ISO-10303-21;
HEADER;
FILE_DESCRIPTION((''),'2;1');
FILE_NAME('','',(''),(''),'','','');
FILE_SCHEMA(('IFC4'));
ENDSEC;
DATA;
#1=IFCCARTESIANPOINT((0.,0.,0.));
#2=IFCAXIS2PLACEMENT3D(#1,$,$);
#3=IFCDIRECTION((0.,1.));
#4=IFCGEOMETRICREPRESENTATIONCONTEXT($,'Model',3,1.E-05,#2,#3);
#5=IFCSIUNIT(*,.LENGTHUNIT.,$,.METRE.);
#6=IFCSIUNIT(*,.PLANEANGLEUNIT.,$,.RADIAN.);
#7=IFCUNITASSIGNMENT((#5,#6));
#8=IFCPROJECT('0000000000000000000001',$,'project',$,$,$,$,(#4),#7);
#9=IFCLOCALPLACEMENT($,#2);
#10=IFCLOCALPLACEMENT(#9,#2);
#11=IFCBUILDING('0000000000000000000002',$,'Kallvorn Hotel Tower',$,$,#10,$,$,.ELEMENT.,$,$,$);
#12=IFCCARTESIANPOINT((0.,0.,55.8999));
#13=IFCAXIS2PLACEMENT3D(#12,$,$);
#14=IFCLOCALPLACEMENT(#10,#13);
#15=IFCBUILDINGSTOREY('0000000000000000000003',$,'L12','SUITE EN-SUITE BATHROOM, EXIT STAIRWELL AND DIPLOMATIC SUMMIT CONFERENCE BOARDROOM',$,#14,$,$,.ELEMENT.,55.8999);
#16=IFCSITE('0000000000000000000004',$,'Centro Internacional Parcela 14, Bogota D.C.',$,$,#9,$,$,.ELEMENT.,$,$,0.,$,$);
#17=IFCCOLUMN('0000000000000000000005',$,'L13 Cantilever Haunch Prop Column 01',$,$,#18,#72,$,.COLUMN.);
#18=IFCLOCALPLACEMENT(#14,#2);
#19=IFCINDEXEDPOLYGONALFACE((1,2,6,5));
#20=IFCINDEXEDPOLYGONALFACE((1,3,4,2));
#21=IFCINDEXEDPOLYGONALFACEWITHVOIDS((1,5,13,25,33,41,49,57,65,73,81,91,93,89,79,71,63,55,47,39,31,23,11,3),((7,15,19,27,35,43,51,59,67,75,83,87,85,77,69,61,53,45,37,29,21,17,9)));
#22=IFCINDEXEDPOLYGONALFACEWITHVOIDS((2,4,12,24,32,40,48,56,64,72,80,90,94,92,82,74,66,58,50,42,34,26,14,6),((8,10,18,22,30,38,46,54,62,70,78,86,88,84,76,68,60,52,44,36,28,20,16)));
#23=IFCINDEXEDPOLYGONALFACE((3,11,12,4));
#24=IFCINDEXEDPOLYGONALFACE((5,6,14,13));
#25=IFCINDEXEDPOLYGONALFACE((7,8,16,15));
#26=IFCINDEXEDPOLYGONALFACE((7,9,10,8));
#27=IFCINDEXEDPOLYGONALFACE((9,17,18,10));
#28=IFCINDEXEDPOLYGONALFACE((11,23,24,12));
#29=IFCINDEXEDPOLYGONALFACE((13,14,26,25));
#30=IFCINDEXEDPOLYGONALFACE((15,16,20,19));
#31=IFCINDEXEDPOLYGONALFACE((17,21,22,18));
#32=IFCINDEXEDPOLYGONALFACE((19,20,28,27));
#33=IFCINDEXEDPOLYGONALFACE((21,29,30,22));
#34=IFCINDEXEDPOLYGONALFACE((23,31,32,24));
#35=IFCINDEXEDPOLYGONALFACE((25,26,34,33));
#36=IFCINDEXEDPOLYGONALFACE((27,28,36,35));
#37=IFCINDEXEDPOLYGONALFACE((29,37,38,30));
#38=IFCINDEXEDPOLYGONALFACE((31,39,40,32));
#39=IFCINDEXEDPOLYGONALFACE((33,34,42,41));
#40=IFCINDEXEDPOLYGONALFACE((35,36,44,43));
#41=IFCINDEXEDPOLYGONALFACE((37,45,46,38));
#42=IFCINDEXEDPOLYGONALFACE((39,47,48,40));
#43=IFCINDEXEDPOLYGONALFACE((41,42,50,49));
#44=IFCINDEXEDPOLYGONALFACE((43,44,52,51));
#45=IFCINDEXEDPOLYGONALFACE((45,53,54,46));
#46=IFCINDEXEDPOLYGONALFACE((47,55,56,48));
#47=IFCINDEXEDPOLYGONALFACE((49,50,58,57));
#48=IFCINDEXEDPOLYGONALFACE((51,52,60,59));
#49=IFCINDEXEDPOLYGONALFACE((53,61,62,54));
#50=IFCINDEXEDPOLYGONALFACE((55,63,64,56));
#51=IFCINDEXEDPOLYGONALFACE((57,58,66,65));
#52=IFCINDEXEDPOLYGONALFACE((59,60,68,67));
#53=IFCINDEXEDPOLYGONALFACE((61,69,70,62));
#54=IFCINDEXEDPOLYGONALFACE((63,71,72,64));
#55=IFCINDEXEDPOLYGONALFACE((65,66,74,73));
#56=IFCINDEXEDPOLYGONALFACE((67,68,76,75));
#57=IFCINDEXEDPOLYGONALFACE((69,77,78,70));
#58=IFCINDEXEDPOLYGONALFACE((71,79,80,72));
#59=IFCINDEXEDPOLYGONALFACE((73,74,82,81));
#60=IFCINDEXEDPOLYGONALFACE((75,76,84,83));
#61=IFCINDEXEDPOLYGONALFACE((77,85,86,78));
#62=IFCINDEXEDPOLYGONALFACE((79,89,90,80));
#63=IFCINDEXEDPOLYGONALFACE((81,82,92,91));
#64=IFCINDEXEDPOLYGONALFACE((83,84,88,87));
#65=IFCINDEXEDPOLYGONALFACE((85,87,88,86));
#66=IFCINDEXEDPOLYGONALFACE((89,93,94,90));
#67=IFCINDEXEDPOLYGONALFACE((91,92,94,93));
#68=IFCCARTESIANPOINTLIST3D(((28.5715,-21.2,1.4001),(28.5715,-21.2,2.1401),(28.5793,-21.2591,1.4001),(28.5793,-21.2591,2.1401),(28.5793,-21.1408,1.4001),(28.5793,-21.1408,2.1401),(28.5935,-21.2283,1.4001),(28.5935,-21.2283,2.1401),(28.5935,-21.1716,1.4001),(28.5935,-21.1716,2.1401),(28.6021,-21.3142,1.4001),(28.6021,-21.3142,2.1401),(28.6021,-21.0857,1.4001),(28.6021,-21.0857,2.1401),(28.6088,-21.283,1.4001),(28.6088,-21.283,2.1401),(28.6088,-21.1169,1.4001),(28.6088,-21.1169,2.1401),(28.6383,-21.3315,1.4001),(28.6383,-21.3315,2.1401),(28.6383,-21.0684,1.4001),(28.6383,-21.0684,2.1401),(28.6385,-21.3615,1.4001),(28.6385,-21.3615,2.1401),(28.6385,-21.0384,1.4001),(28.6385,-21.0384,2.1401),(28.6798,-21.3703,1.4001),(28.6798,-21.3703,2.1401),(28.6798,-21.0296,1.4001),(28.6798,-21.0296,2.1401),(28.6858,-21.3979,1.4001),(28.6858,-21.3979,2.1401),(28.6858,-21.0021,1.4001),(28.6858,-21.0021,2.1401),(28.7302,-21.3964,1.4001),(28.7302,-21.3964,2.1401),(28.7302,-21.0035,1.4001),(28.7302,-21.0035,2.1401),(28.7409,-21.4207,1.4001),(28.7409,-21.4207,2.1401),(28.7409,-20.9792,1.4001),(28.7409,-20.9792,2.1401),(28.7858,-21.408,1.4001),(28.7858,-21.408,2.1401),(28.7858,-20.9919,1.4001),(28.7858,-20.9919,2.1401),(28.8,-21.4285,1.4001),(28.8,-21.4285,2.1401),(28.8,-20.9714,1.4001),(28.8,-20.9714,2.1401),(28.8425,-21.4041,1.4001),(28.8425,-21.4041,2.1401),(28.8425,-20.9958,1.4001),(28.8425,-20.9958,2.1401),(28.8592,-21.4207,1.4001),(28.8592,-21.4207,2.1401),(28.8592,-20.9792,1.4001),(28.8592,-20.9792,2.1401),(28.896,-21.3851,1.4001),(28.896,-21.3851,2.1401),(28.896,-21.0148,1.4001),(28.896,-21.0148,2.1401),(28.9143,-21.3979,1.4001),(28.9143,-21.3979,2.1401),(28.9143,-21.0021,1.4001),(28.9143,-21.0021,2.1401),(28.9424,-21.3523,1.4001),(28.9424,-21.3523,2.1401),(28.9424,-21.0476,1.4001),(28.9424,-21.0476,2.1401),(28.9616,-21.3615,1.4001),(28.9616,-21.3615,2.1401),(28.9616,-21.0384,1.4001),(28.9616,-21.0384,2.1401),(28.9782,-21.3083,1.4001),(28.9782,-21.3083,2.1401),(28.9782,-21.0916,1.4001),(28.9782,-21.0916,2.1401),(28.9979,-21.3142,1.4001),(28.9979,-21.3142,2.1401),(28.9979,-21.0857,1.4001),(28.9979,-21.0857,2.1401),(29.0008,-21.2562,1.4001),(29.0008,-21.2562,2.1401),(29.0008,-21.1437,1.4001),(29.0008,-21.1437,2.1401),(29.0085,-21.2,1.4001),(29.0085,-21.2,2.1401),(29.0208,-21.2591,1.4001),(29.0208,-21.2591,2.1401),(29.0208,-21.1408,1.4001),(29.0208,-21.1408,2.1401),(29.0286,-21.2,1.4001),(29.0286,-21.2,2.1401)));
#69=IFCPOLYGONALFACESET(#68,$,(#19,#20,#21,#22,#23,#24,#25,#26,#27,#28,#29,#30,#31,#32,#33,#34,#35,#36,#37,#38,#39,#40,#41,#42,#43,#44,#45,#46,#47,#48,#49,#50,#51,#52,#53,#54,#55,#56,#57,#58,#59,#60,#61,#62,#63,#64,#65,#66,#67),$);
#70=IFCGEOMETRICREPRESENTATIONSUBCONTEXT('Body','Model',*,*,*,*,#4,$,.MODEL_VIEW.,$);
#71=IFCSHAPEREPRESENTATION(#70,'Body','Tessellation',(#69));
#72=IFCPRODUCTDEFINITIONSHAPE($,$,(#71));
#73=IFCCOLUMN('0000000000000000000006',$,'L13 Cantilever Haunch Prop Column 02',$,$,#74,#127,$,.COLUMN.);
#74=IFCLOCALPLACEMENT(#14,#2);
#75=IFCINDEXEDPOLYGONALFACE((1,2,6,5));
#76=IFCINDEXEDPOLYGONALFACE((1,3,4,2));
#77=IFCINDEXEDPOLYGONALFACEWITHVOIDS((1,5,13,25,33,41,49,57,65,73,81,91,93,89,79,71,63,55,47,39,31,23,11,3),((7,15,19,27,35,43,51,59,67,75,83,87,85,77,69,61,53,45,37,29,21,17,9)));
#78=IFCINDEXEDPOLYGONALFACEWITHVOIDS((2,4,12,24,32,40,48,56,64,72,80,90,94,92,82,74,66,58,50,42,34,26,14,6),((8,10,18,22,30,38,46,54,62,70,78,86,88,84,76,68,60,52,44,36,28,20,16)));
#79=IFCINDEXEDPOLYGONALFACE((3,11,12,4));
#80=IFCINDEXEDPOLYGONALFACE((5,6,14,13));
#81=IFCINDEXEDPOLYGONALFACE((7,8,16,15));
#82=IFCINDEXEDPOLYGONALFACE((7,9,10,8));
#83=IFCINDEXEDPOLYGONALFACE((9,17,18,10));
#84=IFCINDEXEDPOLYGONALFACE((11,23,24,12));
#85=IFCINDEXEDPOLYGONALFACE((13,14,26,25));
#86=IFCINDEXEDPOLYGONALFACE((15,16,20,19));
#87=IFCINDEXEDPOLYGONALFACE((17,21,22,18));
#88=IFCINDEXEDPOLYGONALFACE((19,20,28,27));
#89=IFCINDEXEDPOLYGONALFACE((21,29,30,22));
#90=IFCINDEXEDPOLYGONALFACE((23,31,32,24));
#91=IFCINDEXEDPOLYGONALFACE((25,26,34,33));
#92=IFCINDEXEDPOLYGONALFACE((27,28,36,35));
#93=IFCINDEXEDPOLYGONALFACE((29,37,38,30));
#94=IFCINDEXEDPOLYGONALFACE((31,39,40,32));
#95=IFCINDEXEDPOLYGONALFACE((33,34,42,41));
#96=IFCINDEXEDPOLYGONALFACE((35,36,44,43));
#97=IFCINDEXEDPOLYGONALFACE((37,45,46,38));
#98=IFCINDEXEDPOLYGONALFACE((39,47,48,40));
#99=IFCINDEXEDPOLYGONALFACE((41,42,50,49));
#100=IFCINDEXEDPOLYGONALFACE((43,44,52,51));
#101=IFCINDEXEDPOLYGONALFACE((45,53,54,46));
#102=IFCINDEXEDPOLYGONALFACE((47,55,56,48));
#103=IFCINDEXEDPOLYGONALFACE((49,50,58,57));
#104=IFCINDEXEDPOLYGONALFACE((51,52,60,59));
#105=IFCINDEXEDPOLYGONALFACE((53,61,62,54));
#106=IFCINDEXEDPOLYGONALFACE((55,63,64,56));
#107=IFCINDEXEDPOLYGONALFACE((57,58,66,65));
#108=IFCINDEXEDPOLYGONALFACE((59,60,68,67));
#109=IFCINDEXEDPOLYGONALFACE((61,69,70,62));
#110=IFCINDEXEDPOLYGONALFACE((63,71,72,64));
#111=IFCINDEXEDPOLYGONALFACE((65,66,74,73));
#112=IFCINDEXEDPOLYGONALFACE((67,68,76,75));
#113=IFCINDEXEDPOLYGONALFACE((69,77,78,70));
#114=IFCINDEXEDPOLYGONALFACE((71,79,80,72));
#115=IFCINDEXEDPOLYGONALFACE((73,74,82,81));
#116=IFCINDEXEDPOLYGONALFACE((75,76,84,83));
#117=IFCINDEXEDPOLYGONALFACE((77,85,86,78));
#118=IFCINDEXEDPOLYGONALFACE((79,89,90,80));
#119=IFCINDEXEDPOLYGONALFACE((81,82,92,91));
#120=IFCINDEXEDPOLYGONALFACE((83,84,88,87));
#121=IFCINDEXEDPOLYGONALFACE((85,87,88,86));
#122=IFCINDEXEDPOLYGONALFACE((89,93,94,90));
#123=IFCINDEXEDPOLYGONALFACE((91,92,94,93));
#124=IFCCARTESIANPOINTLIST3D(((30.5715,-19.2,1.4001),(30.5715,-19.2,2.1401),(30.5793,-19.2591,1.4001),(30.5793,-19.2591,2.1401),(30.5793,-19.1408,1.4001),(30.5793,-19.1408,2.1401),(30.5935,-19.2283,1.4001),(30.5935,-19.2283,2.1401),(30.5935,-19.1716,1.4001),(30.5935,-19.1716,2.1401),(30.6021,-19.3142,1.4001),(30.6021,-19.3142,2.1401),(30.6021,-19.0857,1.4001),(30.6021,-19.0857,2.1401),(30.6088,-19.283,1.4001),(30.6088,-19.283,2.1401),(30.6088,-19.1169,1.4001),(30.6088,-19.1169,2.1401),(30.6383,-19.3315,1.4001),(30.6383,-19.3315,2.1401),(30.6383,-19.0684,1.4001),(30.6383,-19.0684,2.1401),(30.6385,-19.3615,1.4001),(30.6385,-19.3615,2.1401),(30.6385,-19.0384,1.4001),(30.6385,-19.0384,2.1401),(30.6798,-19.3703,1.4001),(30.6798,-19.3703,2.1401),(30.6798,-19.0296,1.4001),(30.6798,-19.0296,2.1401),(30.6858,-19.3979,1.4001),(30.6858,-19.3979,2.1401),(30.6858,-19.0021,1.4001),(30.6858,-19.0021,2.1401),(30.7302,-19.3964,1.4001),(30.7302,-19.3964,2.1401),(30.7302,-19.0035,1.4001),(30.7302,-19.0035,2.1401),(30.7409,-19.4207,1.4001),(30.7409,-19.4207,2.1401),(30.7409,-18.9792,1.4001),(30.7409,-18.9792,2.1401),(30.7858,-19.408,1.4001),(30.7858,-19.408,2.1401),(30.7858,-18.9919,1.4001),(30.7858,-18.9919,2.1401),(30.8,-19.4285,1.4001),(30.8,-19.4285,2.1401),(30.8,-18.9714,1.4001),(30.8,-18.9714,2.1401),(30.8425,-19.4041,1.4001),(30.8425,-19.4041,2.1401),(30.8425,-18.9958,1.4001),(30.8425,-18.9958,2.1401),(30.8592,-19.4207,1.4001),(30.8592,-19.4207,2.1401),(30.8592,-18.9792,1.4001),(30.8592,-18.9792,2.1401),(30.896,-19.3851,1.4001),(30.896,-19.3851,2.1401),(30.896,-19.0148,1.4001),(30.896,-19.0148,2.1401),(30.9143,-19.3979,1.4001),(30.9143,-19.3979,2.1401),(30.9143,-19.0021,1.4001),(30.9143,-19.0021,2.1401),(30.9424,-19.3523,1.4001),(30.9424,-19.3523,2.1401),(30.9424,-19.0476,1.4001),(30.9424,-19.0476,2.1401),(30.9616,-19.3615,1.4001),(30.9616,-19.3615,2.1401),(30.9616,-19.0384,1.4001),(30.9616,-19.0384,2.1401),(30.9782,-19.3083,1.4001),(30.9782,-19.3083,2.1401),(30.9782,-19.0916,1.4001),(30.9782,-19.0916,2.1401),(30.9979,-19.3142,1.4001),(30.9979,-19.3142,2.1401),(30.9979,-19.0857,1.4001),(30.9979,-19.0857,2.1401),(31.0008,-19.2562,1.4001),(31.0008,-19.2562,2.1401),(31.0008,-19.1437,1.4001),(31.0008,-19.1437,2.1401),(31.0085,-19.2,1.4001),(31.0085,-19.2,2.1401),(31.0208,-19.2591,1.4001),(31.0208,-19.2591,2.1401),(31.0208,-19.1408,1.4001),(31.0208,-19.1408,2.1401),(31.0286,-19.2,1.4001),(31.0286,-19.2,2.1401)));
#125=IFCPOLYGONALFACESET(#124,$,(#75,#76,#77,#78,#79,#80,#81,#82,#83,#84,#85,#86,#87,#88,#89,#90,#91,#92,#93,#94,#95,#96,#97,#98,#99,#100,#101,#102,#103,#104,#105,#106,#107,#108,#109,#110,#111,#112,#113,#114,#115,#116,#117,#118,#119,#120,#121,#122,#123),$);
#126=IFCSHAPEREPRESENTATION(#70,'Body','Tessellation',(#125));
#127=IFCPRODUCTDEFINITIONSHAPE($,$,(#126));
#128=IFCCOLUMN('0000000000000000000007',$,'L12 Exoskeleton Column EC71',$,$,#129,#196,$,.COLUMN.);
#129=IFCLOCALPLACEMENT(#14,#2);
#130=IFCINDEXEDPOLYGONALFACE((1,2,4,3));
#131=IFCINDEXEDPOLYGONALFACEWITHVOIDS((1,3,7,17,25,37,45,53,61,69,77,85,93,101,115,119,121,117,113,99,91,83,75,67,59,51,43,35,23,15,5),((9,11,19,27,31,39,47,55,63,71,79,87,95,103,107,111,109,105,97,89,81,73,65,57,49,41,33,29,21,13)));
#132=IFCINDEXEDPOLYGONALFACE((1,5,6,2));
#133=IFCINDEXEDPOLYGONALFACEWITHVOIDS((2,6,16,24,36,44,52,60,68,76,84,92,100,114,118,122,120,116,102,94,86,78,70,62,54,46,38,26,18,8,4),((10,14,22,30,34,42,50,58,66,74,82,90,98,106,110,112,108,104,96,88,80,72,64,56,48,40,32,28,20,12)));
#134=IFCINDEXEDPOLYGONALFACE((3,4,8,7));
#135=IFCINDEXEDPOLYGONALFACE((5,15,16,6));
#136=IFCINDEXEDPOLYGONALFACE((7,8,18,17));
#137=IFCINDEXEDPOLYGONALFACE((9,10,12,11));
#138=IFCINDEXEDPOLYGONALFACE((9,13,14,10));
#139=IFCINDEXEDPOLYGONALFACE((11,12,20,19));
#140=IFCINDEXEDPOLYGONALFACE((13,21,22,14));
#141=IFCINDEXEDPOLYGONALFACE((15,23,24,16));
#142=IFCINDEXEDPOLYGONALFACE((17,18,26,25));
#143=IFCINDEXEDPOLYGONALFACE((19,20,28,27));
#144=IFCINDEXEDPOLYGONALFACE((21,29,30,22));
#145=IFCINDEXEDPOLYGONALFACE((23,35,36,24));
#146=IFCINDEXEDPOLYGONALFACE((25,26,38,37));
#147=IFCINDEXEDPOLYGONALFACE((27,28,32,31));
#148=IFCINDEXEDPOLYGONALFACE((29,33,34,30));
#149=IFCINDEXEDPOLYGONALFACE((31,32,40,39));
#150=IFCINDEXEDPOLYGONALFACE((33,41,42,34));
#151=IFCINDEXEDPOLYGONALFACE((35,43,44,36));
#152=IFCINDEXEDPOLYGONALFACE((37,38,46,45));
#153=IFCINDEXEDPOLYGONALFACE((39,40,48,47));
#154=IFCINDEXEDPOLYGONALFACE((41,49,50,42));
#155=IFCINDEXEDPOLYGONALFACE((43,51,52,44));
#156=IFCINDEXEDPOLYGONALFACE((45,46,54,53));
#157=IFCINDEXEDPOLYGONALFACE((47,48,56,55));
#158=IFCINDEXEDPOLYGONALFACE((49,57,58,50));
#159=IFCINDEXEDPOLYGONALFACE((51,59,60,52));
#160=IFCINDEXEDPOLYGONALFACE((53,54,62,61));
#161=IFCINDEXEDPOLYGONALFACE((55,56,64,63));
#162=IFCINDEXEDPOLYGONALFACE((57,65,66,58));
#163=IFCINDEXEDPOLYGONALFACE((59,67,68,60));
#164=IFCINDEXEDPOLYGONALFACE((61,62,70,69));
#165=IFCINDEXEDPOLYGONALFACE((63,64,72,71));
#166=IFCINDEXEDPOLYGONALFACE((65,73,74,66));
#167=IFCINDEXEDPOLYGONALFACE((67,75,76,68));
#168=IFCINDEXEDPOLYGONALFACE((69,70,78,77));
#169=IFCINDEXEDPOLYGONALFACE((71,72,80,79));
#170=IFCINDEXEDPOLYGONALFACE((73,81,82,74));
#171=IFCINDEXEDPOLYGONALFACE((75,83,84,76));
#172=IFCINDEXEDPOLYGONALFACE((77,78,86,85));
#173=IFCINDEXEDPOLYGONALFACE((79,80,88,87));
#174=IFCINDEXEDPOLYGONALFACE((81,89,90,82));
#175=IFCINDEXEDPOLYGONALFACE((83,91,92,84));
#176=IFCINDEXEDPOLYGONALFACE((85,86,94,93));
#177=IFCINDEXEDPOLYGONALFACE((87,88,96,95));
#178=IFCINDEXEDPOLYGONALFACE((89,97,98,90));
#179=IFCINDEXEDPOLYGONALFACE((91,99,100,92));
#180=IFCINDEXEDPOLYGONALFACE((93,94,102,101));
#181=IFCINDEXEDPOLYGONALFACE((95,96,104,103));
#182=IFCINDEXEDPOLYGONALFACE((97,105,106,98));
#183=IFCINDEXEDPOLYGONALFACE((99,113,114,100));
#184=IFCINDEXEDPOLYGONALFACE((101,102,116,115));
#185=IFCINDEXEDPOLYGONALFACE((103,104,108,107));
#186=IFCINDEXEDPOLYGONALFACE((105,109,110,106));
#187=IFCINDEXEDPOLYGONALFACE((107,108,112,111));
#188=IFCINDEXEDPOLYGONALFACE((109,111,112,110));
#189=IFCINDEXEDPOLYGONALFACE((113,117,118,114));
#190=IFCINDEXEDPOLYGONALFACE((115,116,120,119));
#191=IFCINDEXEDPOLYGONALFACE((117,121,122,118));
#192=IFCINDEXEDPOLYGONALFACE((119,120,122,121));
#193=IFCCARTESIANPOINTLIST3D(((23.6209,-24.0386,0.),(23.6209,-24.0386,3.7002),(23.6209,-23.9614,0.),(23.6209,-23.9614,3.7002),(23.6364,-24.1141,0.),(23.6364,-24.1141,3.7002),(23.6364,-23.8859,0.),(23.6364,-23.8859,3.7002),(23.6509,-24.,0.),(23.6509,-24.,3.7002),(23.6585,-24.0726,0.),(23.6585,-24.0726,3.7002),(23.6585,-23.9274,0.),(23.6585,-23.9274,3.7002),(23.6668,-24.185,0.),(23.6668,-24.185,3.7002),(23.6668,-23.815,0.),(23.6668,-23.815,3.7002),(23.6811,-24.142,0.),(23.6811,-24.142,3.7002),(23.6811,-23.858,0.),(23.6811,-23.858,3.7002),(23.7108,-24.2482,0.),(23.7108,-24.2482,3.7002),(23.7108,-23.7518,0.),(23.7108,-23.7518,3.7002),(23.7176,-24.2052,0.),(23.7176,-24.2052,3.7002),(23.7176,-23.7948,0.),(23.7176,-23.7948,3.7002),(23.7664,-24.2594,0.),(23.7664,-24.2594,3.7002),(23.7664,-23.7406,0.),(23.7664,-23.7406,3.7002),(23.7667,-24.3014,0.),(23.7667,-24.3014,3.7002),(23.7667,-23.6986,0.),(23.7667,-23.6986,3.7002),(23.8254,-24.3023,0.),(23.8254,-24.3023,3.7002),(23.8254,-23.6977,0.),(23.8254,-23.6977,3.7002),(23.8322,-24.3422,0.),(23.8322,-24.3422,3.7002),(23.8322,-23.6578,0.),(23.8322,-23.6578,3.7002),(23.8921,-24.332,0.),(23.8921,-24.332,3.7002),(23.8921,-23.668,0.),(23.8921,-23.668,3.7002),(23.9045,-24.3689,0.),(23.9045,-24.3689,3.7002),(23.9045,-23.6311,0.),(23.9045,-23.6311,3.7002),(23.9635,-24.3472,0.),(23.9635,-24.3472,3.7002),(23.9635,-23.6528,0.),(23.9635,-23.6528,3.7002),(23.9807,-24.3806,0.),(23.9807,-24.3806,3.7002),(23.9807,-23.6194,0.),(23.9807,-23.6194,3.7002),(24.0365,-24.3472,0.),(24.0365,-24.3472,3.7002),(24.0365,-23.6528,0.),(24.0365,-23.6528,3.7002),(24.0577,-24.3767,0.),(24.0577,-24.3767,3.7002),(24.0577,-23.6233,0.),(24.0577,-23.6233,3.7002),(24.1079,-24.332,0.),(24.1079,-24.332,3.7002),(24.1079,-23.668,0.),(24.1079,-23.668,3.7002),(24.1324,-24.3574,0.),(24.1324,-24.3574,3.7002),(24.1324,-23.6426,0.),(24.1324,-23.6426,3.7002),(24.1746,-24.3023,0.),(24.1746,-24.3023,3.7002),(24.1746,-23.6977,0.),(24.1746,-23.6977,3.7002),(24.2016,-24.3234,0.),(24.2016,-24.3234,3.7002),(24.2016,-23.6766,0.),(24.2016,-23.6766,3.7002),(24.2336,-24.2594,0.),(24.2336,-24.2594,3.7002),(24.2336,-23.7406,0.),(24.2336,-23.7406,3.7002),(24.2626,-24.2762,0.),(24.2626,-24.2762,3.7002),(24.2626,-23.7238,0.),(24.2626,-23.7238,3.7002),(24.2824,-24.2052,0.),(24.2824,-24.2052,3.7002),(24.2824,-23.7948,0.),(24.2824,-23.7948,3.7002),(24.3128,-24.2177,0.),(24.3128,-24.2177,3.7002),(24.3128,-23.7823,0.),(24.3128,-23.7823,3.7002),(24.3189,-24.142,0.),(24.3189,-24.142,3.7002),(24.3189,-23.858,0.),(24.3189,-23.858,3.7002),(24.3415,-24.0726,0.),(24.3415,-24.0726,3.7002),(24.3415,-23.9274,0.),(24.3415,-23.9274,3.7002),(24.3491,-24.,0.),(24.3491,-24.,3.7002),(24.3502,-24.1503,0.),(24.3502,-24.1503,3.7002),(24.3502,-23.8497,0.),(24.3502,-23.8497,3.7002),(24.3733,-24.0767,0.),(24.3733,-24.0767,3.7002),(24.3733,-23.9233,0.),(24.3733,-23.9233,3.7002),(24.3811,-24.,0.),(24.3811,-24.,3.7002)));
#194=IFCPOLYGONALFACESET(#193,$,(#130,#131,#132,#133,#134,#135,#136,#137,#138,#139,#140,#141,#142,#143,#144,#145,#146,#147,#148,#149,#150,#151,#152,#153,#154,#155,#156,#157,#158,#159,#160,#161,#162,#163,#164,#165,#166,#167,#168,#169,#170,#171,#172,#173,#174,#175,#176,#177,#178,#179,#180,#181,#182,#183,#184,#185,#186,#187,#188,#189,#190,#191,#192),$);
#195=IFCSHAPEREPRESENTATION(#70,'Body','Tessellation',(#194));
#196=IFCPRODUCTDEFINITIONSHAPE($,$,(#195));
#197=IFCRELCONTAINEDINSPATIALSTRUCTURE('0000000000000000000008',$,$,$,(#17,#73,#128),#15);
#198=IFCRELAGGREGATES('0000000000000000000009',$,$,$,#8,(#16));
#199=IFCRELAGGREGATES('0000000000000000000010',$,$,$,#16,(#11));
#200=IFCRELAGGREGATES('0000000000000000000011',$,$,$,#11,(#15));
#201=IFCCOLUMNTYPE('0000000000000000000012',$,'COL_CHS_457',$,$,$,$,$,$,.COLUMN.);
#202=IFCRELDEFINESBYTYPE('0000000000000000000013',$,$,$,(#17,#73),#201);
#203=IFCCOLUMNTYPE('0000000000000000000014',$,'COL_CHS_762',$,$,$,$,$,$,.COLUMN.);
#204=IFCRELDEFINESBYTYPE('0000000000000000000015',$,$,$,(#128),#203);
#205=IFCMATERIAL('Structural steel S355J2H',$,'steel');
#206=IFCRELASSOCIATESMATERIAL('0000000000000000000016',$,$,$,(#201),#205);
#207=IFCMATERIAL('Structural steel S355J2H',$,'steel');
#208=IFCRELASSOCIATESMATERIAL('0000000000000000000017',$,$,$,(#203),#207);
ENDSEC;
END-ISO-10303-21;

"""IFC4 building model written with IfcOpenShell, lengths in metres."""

from ifc_helpers import new_model, si_unit, direction, frame, origin, origin_2d, place, context, subcontext, project, spatial, hollow_circle, extrude, material, material_profile, profile_set, type_object, element, save


model = new_model("IFC4")

# Units and contexts
model_context = context("Model", 3, precision=1e-05, world=origin(), true_north=direction((0.0, 1.0)))
body_context = subcontext(model_context, "Body", "Model", "MODEL_VIEW")
ifc_project = project(units=[si_unit("LENGTHUNIT", "METRE"), si_unit("PLANEANGLEUNIT", "RADIAN")], contexts=[model_context])

# Site, building, storey
site_placement = place(None, origin())
site = spatial("IfcSite", under=ifc_project, at=site_placement, Name="Centro Internacional Parcela 14, Bogota D.C.", CompositionType="ELEMENT", RefElevation=0.0)
building_placement = place(site_placement, origin())
building = spatial("IfcBuilding", under=site, at=building_placement, Name="Kallvorn Hotel Tower", CompositionType="ELEMENT")
storey_placement = place(building_placement, frame((0.0, 0.0, 55.8999)))
storey = spatial("IfcBuildingStorey", under=building, at=storey_placement, Name="L12", Description="SUITE EN-SUITE BATHROOM, EXIT STAIRWELL AND DIPLOMATIC SUMMIT CONFERENCE BOARDROOM", CompositionType="ELEMENT", Elevation=55.8999)

# Columns
ifc_material_1 = material(Name="Structural steel S355J2H", Category="steel")
ifc_material_profile_1 = material_profile(ifc_material_1, hollow_circle(Radius=0.2285, WallThickness=0.02, at=origin_2d()), Name="CHS 457x20")
ifc_profile_set_1 = profile_set([ifc_material_profile_1], Name="Structural steel S355J2H")
column_type_1 = type_object("IfcColumnType", Name="COL_CHS_457", PredefinedType="COLUMN", material=ifc_profile_set_1)
for number, where, z_axis, x_axis, name in (
    (1, (28.8, -21.2, 1.4001), (0.0, 0.0, 1.0), (1.0, 0.0, 0.0), "L13 Cantilever Haunch Prop Column 01"),
    (2, (30.8, -19.2, 1.4001), (0.0, 0.0, 1.0), (1.0, 0.0, 0.0), "L13 Cantilever Haunch Prop Column 02"),
):
    element("IfcColumn", number, at=place(storey_placement, frame(where, z_axis=z_axis, x_axis=x_axis)), inside=storey, type_object=column_type_1, Name=name, PredefinedType="COLUMN", context=body_context, shape_type="SweptSolid", body=[
        extrude(hollow_circle(Radius=0.2285, WallThickness=0.02, at=origin_2d()), origin(), (0.0, 0.0, 1.0), 0.74),
    ])
ifc_material_2 = material(Name="Structural steel S355J2H", Category="steel")
ifc_material_profile_2 = material_profile(ifc_material_2, hollow_circle(Radius=0.3811, WallThickness=0.032, at=origin_2d()), Name="CHS 762x32")
ifc_profile_set_2 = profile_set([ifc_material_profile_2], Name="Structural steel S355J2H")
column_type_2 = type_object("IfcColumnType", Name="COL_CHS_762", PredefinedType="COLUMN", material=ifc_profile_set_2)
for number, where, z_axis, x_axis, name in (
    (3, (24.0, -24.0, 0.0), (0.0, 0.0, 1.0), (1.0, 0.0, 0.0), "L12 Exoskeleton Column EC71"),
):
    element("IfcColumn", number, at=place(storey_placement, frame(where, z_axis=z_axis, x_axis=x_axis)), inside=storey, type_object=column_type_2, Name=name, PredefinedType="COLUMN", context=body_context, shape_type="SweptSolid", body=[
        extrude(hollow_circle(Radius=0.3811, WallThickness=0.032, at=origin_2d()), origin(), (0.0, 0.0, 1.0), 3.7002),
    ])

save(model, "model.ifc")
